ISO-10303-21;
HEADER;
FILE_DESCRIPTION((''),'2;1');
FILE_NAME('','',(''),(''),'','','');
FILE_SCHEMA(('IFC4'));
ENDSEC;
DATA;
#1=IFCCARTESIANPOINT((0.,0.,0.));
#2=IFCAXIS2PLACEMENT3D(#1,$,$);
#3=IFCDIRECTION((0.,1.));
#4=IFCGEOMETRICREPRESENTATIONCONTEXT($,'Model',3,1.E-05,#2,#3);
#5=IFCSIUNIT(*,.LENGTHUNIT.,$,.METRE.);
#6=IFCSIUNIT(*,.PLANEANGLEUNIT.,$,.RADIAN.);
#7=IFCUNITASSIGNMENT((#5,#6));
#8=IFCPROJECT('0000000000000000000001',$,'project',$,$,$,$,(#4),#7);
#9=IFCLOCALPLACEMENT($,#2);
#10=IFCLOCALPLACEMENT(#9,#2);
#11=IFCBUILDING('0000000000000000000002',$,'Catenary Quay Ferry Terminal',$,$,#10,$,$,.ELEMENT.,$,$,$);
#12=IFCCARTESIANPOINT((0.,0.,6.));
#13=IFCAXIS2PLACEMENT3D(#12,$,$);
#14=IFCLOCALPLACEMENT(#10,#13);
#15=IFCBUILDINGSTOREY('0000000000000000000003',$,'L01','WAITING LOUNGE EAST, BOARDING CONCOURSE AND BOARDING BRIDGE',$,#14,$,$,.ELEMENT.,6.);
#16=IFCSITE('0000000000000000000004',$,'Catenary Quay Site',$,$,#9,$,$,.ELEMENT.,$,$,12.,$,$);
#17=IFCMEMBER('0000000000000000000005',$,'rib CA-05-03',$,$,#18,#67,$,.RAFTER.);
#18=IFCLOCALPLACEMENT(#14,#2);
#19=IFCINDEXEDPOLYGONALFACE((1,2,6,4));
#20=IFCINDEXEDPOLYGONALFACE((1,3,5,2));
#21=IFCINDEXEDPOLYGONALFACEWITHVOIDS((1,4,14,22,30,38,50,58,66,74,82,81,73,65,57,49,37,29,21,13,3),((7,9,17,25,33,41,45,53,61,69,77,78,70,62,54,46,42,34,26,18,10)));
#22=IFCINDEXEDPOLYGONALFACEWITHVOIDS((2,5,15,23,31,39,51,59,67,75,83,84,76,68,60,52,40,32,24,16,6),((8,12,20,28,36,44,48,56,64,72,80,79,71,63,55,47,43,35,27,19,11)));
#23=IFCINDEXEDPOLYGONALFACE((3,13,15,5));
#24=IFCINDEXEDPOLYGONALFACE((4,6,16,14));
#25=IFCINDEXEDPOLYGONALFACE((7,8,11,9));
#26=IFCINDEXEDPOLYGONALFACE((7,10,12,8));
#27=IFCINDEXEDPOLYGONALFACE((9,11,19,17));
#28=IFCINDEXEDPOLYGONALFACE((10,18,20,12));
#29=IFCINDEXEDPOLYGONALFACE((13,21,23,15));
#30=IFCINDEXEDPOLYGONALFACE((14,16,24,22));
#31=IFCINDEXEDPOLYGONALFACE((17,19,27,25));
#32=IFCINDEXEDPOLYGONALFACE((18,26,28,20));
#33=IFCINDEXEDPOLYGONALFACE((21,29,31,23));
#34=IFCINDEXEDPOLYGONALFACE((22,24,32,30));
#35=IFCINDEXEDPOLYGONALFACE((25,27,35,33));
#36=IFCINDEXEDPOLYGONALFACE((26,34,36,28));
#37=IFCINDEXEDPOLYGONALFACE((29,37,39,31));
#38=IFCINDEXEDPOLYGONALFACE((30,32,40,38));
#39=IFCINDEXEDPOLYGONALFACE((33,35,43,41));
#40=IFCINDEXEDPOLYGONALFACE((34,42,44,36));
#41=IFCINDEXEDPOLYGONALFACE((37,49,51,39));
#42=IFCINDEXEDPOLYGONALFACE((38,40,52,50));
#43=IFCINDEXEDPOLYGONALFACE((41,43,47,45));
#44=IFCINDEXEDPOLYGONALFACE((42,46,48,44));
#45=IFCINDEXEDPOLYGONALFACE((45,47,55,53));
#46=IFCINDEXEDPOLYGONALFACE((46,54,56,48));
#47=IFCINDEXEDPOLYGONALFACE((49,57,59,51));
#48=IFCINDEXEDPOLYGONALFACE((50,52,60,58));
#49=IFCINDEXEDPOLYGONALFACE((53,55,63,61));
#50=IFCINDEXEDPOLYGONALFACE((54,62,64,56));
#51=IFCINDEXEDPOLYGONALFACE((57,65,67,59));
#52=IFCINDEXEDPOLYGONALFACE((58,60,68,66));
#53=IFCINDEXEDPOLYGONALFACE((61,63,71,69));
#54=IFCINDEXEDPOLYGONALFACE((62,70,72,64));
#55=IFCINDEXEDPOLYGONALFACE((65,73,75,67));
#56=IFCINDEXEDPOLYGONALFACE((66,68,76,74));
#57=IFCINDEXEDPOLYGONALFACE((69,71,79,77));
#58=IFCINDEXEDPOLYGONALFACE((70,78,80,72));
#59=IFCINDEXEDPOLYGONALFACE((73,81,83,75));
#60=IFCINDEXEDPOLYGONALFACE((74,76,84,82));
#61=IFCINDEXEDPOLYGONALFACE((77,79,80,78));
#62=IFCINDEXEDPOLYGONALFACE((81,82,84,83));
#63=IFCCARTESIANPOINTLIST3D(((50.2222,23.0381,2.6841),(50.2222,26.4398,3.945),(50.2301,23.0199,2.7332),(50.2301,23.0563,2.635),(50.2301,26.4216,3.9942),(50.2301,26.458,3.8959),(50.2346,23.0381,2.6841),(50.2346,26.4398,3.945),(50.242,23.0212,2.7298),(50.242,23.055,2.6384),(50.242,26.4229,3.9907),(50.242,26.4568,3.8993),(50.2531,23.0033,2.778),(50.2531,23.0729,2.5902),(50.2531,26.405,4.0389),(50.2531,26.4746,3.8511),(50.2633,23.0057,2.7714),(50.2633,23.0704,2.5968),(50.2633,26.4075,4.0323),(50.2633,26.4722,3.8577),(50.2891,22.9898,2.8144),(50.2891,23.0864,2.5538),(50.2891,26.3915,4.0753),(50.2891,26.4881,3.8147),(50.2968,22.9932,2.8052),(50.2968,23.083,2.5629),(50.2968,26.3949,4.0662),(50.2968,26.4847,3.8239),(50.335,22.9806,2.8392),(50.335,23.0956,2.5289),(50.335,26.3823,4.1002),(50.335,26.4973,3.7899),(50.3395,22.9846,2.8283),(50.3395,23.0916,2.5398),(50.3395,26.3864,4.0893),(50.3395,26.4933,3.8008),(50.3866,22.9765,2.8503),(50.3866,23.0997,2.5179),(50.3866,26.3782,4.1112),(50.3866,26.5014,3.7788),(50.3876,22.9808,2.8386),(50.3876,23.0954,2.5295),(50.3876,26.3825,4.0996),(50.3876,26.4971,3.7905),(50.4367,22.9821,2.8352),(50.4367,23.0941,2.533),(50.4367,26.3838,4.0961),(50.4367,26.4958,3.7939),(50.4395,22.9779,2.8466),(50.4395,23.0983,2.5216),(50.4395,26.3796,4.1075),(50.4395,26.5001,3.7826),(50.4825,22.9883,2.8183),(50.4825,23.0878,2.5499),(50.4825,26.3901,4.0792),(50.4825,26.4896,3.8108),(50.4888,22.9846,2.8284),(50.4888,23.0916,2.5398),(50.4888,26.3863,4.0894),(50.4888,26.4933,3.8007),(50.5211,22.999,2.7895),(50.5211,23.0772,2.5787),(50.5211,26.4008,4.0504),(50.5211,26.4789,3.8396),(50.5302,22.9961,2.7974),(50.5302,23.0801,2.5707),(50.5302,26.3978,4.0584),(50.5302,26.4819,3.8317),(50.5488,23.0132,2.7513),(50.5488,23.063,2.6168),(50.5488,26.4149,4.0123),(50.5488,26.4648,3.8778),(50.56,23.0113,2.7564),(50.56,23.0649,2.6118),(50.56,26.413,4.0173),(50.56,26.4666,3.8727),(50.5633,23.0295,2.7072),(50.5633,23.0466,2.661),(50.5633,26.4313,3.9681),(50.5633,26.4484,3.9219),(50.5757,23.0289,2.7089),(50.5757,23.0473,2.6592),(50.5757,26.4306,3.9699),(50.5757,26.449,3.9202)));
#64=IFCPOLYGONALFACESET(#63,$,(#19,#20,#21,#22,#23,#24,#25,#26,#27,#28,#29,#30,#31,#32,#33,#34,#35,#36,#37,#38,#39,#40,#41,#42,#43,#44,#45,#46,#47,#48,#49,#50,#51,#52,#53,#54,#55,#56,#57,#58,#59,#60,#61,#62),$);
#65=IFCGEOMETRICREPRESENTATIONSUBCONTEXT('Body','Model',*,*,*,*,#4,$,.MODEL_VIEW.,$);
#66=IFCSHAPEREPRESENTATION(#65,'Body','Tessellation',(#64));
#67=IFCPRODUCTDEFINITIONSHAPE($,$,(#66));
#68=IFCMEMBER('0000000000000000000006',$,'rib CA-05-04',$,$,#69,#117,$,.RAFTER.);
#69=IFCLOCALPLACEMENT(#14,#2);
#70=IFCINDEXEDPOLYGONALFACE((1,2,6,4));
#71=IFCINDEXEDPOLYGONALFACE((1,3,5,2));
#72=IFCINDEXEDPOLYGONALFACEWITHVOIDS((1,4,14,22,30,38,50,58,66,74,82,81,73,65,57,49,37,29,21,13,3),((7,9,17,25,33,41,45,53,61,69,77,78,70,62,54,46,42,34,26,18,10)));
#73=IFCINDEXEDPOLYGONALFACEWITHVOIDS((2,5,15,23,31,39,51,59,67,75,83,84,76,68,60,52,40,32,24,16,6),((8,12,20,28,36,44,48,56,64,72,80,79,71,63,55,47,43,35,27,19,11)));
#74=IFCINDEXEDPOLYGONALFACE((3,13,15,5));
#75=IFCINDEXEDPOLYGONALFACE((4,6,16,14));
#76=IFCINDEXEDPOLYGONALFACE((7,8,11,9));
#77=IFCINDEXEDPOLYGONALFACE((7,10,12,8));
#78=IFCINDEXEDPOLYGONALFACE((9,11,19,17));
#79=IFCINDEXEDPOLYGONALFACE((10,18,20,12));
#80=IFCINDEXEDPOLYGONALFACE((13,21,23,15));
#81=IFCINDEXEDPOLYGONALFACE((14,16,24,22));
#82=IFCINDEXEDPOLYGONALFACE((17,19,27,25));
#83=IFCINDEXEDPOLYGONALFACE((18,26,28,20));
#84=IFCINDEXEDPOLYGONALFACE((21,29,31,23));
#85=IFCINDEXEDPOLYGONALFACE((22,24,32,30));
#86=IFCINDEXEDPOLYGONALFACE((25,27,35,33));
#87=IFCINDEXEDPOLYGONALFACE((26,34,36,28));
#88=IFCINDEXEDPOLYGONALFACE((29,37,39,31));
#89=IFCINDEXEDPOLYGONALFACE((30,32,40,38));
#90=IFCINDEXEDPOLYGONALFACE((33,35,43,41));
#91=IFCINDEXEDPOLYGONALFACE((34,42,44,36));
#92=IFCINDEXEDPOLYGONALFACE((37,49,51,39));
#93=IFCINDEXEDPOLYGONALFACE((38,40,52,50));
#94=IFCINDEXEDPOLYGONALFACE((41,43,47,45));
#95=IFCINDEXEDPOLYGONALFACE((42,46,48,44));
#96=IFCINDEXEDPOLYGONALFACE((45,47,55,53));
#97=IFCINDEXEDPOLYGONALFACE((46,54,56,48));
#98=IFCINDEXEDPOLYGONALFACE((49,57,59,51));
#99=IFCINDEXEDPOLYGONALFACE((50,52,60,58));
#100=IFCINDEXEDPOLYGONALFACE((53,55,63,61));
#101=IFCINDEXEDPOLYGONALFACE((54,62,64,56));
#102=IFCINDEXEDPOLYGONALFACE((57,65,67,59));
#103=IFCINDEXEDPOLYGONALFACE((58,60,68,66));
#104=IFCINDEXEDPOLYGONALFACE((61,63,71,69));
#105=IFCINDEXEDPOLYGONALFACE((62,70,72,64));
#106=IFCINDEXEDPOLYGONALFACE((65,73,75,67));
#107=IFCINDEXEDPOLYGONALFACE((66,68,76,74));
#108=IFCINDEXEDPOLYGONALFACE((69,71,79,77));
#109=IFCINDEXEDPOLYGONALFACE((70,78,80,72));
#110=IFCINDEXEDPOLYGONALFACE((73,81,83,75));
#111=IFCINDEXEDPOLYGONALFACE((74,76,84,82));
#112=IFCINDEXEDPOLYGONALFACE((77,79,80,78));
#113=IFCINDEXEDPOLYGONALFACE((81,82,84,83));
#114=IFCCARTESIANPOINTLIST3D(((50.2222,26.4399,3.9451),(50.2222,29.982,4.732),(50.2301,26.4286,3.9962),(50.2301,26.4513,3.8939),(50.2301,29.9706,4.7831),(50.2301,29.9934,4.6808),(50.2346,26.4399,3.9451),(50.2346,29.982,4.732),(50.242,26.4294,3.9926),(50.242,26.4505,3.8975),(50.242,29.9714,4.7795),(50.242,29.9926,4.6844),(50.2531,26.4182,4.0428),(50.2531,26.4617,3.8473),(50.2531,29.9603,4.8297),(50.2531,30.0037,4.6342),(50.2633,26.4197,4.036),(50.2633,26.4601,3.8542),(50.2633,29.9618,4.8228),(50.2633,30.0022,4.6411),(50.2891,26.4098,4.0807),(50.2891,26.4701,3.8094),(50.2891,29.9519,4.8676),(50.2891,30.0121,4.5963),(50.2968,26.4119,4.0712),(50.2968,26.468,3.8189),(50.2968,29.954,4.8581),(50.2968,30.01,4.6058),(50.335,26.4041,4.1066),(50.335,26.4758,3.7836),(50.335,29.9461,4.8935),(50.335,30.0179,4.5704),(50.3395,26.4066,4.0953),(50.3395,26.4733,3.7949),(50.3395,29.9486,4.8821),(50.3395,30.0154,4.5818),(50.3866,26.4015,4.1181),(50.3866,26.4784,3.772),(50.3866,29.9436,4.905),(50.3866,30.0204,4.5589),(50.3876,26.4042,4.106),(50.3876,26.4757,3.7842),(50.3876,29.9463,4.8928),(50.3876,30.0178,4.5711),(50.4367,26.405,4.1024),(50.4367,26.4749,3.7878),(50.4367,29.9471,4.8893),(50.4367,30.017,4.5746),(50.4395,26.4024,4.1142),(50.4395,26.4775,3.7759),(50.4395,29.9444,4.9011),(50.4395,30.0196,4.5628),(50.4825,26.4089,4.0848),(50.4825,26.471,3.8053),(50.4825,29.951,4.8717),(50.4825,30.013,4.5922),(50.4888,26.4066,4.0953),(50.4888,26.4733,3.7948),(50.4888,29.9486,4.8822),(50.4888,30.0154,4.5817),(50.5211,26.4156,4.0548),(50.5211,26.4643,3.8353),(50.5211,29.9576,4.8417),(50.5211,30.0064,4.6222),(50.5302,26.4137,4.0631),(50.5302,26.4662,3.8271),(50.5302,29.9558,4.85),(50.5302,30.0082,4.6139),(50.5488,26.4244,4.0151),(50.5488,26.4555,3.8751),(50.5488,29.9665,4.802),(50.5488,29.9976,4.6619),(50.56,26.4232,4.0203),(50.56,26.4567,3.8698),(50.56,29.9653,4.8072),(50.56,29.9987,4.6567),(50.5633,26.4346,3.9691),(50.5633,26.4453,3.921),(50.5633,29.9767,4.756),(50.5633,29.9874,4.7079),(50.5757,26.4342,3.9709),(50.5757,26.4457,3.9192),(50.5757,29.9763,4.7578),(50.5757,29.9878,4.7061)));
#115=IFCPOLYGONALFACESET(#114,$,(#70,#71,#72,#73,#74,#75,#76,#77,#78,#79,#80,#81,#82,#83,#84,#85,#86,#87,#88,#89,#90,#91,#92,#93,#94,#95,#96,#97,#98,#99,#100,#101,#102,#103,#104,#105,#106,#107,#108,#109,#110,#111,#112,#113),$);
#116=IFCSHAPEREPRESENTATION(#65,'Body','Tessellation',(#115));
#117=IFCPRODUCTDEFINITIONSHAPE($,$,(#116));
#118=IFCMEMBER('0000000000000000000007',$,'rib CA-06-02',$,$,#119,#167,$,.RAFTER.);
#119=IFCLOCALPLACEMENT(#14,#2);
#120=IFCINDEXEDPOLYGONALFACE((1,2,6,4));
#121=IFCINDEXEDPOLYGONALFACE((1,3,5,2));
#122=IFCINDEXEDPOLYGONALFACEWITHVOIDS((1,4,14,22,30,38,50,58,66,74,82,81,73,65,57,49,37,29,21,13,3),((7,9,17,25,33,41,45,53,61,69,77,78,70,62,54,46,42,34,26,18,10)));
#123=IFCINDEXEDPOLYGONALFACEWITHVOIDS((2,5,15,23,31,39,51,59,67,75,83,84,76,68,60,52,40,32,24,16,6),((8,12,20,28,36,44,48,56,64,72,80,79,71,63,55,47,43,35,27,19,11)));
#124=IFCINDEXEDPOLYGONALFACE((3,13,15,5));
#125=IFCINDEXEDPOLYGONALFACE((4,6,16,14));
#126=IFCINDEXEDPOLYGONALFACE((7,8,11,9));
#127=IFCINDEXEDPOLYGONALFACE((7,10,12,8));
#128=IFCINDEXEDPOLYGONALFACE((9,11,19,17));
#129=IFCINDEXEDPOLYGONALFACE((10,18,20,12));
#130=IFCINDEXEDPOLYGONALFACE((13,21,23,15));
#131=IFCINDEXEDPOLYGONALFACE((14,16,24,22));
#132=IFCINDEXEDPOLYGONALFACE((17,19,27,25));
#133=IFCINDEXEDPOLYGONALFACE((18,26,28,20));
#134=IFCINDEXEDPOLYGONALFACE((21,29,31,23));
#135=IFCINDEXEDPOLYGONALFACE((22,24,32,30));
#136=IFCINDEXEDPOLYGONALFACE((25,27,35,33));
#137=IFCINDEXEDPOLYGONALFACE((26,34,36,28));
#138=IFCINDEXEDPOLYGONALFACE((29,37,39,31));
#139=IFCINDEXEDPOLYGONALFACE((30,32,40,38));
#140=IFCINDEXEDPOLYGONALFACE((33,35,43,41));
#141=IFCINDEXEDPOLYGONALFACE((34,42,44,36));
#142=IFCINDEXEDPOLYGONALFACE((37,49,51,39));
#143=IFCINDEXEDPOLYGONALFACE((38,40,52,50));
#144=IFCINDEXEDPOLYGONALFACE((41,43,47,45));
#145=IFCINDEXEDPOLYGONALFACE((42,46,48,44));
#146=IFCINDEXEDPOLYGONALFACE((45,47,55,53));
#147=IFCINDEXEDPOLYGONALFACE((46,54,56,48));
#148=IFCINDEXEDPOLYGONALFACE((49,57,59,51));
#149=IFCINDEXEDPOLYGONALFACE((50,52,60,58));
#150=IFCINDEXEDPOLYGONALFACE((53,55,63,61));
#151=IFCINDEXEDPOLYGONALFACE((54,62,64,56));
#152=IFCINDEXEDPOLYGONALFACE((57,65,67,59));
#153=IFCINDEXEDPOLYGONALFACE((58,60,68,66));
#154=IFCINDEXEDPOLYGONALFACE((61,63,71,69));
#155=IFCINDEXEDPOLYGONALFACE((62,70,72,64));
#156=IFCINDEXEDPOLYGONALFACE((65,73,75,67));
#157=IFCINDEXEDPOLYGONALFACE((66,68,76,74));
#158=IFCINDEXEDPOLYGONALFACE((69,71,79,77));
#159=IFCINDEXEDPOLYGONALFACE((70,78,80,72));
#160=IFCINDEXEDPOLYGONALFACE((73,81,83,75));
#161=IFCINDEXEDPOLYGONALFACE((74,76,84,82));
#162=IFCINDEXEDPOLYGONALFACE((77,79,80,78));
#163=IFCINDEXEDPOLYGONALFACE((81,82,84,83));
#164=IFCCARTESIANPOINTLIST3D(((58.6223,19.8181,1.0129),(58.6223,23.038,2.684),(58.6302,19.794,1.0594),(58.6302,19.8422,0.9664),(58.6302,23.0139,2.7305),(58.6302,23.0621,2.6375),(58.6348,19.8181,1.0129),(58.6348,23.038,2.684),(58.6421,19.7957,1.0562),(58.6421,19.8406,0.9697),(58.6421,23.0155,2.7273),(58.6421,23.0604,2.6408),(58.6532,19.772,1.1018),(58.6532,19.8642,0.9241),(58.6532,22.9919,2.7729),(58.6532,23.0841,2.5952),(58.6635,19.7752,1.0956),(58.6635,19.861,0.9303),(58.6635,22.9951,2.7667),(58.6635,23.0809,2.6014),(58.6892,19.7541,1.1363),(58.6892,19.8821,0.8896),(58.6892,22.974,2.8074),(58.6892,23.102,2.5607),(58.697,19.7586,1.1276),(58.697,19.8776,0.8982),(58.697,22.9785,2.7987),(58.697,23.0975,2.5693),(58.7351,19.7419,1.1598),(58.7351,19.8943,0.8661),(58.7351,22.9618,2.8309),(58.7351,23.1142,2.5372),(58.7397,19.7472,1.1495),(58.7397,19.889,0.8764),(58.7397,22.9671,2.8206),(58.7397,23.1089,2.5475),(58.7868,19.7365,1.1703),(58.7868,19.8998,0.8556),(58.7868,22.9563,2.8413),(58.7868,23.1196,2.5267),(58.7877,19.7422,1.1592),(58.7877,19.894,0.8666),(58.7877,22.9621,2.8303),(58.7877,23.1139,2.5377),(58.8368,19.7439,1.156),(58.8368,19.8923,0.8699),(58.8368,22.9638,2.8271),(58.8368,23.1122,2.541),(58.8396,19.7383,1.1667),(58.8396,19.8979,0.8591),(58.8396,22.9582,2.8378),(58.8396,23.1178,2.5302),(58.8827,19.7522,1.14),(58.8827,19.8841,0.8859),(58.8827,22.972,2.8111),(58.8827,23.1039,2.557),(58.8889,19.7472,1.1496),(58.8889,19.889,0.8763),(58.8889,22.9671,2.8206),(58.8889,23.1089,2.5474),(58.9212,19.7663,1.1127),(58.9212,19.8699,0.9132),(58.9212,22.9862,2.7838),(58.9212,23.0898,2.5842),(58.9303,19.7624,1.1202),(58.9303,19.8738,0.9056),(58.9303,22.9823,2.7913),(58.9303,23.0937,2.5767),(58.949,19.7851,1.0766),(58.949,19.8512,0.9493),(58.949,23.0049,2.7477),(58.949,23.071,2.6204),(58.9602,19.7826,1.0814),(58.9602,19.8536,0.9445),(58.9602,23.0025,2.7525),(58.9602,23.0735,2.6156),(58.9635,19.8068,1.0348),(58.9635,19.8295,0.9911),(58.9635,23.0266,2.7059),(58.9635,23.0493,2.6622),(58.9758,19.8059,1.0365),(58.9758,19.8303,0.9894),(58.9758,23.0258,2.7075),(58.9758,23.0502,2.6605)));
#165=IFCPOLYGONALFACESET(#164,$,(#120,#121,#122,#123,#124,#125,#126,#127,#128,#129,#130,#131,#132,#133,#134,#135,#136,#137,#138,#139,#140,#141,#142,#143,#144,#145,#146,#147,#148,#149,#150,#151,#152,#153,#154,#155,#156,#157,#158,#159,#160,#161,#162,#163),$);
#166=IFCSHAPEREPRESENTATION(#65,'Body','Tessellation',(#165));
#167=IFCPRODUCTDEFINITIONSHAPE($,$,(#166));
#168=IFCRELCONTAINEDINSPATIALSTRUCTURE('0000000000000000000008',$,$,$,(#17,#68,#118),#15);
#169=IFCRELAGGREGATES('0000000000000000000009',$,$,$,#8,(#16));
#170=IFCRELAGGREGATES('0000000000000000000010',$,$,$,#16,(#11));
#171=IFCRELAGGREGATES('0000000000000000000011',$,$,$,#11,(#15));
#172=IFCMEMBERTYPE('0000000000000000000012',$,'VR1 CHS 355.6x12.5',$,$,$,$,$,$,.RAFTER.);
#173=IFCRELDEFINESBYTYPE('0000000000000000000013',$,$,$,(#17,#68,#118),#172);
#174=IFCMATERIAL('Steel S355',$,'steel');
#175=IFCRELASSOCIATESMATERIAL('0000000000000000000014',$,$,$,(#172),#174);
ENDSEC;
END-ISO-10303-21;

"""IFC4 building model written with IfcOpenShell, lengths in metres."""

from ifc_helpers import new_model, si_unit, direction, frame, origin, origin_2d, place, context, subcontext, project, spatial, hollow_circle, extrude, material, material_profile, profile_set, type_object, element, save


model = new_model("IFC4")

# Units and contexts
model_context = context("Model", 3, precision=1e-05, world=origin(), true_north=direction((0.0, 1.0)))
body_context = subcontext(model_context, "Body", "Model", "MODEL_VIEW")
ifc_project = project(units=[si_unit("LENGTHUNIT", "METRE"), si_unit("PLANEANGLEUNIT", "RADIAN")], contexts=[model_context])

# Site, building, storey
site_placement = place(None, origin())
site = spatial("IfcSite", under=ifc_project, at=site_placement, Name="Catenary Quay Site", CompositionType="ELEMENT", RefElevation=12.0)
building_placement = place(site_placement, origin())
building = spatial("IfcBuilding", under=site, at=building_placement, Name="Catenary Quay Ferry Terminal", CompositionType="ELEMENT")
storey_placement = place(building_placement, frame((0.0, 0.0, 6.0)))
storey = spatial("IfcBuildingStorey", under=building, at=storey_placement, Name="L01", Description="WAITING LOUNGE EAST, BOARDING CONCOURSE AND BOARDING BRIDGE", CompositionType="ELEMENT", Elevation=6.0)

# Members
ifc_material_1 = material(Name="Steel S355", Category="steel")
ifc_material_profile_1 = material_profile(ifc_material_1, hollow_circle(Radius=0.1777, WallThickness=0.0125, at=origin_2d()), Name="CHS 355.6x12.5")
ifc_profile_set_1 = profile_set([ifc_material_profile_1], Name="Steel S355")
member_type_1 = type_object("IfcMemberType", Name="VR1 CHS 355.6x12.5", PredefinedType="RAFTER", material=ifc_profile_set_1)
member_1_placement = place(storey_placement, frame((50.3999, 23.0381, 2.6841), z_axis=(0.0, 0.937655, 0.347566), x_axis=(-1.0, 0.0, 0.0)))
element("IfcMember", 1, at=member_1_placement, inside=storey, type_object=member_type_1, Name="rib CA-05-03", PredefinedType="RAFTER", context=body_context, shape_type="SweptSolid", body=[
    extrude(hollow_circle(Radius=0.1777, WallThickness=0.0125, at=origin_2d()), origin(), (0.0, 0.0, 1.0), 3.6279),
])
member_2_placement = place(storey_placement, frame((50.3999, 26.4399, 3.9451), z_axis=(0.0, 0.976201, 0.216866), x_axis=(-1.0, 0.0, 0.0)))
element("IfcMember", 2, at=member_2_placement, inside=storey, type_object=member_type_1, Name="rib CA-05-04", PredefinedType="RAFTER", context=body_context, shape_type="SweptSolid", body=[
    extrude(hollow_circle(Radius=0.1777, WallThickness=0.0125, at=origin_2d()), origin(), (0.0, 0.0, 1.0), 3.6284),
])
member_3_placement = place(storey_placement, frame((58.8, 19.8181, 1.0129), z_axis=(0.0, 0.887582, 0.460649), x_axis=(-1.0, 0.0, 0.0)))
element("IfcMember", 3, at=member_3_placement, inside=storey, type_object=member_type_1, Name="rib CA-06-02", PredefinedType="RAFTER", context=body_context, shape_type="SweptSolid", body=[
    extrude(hollow_circle(Radius=0.1777, WallThickness=0.0125, at=origin_2d()), origin(), (0.0, 0.0, 1.0), 3.6277),
])

save(model, "model.ifc")
